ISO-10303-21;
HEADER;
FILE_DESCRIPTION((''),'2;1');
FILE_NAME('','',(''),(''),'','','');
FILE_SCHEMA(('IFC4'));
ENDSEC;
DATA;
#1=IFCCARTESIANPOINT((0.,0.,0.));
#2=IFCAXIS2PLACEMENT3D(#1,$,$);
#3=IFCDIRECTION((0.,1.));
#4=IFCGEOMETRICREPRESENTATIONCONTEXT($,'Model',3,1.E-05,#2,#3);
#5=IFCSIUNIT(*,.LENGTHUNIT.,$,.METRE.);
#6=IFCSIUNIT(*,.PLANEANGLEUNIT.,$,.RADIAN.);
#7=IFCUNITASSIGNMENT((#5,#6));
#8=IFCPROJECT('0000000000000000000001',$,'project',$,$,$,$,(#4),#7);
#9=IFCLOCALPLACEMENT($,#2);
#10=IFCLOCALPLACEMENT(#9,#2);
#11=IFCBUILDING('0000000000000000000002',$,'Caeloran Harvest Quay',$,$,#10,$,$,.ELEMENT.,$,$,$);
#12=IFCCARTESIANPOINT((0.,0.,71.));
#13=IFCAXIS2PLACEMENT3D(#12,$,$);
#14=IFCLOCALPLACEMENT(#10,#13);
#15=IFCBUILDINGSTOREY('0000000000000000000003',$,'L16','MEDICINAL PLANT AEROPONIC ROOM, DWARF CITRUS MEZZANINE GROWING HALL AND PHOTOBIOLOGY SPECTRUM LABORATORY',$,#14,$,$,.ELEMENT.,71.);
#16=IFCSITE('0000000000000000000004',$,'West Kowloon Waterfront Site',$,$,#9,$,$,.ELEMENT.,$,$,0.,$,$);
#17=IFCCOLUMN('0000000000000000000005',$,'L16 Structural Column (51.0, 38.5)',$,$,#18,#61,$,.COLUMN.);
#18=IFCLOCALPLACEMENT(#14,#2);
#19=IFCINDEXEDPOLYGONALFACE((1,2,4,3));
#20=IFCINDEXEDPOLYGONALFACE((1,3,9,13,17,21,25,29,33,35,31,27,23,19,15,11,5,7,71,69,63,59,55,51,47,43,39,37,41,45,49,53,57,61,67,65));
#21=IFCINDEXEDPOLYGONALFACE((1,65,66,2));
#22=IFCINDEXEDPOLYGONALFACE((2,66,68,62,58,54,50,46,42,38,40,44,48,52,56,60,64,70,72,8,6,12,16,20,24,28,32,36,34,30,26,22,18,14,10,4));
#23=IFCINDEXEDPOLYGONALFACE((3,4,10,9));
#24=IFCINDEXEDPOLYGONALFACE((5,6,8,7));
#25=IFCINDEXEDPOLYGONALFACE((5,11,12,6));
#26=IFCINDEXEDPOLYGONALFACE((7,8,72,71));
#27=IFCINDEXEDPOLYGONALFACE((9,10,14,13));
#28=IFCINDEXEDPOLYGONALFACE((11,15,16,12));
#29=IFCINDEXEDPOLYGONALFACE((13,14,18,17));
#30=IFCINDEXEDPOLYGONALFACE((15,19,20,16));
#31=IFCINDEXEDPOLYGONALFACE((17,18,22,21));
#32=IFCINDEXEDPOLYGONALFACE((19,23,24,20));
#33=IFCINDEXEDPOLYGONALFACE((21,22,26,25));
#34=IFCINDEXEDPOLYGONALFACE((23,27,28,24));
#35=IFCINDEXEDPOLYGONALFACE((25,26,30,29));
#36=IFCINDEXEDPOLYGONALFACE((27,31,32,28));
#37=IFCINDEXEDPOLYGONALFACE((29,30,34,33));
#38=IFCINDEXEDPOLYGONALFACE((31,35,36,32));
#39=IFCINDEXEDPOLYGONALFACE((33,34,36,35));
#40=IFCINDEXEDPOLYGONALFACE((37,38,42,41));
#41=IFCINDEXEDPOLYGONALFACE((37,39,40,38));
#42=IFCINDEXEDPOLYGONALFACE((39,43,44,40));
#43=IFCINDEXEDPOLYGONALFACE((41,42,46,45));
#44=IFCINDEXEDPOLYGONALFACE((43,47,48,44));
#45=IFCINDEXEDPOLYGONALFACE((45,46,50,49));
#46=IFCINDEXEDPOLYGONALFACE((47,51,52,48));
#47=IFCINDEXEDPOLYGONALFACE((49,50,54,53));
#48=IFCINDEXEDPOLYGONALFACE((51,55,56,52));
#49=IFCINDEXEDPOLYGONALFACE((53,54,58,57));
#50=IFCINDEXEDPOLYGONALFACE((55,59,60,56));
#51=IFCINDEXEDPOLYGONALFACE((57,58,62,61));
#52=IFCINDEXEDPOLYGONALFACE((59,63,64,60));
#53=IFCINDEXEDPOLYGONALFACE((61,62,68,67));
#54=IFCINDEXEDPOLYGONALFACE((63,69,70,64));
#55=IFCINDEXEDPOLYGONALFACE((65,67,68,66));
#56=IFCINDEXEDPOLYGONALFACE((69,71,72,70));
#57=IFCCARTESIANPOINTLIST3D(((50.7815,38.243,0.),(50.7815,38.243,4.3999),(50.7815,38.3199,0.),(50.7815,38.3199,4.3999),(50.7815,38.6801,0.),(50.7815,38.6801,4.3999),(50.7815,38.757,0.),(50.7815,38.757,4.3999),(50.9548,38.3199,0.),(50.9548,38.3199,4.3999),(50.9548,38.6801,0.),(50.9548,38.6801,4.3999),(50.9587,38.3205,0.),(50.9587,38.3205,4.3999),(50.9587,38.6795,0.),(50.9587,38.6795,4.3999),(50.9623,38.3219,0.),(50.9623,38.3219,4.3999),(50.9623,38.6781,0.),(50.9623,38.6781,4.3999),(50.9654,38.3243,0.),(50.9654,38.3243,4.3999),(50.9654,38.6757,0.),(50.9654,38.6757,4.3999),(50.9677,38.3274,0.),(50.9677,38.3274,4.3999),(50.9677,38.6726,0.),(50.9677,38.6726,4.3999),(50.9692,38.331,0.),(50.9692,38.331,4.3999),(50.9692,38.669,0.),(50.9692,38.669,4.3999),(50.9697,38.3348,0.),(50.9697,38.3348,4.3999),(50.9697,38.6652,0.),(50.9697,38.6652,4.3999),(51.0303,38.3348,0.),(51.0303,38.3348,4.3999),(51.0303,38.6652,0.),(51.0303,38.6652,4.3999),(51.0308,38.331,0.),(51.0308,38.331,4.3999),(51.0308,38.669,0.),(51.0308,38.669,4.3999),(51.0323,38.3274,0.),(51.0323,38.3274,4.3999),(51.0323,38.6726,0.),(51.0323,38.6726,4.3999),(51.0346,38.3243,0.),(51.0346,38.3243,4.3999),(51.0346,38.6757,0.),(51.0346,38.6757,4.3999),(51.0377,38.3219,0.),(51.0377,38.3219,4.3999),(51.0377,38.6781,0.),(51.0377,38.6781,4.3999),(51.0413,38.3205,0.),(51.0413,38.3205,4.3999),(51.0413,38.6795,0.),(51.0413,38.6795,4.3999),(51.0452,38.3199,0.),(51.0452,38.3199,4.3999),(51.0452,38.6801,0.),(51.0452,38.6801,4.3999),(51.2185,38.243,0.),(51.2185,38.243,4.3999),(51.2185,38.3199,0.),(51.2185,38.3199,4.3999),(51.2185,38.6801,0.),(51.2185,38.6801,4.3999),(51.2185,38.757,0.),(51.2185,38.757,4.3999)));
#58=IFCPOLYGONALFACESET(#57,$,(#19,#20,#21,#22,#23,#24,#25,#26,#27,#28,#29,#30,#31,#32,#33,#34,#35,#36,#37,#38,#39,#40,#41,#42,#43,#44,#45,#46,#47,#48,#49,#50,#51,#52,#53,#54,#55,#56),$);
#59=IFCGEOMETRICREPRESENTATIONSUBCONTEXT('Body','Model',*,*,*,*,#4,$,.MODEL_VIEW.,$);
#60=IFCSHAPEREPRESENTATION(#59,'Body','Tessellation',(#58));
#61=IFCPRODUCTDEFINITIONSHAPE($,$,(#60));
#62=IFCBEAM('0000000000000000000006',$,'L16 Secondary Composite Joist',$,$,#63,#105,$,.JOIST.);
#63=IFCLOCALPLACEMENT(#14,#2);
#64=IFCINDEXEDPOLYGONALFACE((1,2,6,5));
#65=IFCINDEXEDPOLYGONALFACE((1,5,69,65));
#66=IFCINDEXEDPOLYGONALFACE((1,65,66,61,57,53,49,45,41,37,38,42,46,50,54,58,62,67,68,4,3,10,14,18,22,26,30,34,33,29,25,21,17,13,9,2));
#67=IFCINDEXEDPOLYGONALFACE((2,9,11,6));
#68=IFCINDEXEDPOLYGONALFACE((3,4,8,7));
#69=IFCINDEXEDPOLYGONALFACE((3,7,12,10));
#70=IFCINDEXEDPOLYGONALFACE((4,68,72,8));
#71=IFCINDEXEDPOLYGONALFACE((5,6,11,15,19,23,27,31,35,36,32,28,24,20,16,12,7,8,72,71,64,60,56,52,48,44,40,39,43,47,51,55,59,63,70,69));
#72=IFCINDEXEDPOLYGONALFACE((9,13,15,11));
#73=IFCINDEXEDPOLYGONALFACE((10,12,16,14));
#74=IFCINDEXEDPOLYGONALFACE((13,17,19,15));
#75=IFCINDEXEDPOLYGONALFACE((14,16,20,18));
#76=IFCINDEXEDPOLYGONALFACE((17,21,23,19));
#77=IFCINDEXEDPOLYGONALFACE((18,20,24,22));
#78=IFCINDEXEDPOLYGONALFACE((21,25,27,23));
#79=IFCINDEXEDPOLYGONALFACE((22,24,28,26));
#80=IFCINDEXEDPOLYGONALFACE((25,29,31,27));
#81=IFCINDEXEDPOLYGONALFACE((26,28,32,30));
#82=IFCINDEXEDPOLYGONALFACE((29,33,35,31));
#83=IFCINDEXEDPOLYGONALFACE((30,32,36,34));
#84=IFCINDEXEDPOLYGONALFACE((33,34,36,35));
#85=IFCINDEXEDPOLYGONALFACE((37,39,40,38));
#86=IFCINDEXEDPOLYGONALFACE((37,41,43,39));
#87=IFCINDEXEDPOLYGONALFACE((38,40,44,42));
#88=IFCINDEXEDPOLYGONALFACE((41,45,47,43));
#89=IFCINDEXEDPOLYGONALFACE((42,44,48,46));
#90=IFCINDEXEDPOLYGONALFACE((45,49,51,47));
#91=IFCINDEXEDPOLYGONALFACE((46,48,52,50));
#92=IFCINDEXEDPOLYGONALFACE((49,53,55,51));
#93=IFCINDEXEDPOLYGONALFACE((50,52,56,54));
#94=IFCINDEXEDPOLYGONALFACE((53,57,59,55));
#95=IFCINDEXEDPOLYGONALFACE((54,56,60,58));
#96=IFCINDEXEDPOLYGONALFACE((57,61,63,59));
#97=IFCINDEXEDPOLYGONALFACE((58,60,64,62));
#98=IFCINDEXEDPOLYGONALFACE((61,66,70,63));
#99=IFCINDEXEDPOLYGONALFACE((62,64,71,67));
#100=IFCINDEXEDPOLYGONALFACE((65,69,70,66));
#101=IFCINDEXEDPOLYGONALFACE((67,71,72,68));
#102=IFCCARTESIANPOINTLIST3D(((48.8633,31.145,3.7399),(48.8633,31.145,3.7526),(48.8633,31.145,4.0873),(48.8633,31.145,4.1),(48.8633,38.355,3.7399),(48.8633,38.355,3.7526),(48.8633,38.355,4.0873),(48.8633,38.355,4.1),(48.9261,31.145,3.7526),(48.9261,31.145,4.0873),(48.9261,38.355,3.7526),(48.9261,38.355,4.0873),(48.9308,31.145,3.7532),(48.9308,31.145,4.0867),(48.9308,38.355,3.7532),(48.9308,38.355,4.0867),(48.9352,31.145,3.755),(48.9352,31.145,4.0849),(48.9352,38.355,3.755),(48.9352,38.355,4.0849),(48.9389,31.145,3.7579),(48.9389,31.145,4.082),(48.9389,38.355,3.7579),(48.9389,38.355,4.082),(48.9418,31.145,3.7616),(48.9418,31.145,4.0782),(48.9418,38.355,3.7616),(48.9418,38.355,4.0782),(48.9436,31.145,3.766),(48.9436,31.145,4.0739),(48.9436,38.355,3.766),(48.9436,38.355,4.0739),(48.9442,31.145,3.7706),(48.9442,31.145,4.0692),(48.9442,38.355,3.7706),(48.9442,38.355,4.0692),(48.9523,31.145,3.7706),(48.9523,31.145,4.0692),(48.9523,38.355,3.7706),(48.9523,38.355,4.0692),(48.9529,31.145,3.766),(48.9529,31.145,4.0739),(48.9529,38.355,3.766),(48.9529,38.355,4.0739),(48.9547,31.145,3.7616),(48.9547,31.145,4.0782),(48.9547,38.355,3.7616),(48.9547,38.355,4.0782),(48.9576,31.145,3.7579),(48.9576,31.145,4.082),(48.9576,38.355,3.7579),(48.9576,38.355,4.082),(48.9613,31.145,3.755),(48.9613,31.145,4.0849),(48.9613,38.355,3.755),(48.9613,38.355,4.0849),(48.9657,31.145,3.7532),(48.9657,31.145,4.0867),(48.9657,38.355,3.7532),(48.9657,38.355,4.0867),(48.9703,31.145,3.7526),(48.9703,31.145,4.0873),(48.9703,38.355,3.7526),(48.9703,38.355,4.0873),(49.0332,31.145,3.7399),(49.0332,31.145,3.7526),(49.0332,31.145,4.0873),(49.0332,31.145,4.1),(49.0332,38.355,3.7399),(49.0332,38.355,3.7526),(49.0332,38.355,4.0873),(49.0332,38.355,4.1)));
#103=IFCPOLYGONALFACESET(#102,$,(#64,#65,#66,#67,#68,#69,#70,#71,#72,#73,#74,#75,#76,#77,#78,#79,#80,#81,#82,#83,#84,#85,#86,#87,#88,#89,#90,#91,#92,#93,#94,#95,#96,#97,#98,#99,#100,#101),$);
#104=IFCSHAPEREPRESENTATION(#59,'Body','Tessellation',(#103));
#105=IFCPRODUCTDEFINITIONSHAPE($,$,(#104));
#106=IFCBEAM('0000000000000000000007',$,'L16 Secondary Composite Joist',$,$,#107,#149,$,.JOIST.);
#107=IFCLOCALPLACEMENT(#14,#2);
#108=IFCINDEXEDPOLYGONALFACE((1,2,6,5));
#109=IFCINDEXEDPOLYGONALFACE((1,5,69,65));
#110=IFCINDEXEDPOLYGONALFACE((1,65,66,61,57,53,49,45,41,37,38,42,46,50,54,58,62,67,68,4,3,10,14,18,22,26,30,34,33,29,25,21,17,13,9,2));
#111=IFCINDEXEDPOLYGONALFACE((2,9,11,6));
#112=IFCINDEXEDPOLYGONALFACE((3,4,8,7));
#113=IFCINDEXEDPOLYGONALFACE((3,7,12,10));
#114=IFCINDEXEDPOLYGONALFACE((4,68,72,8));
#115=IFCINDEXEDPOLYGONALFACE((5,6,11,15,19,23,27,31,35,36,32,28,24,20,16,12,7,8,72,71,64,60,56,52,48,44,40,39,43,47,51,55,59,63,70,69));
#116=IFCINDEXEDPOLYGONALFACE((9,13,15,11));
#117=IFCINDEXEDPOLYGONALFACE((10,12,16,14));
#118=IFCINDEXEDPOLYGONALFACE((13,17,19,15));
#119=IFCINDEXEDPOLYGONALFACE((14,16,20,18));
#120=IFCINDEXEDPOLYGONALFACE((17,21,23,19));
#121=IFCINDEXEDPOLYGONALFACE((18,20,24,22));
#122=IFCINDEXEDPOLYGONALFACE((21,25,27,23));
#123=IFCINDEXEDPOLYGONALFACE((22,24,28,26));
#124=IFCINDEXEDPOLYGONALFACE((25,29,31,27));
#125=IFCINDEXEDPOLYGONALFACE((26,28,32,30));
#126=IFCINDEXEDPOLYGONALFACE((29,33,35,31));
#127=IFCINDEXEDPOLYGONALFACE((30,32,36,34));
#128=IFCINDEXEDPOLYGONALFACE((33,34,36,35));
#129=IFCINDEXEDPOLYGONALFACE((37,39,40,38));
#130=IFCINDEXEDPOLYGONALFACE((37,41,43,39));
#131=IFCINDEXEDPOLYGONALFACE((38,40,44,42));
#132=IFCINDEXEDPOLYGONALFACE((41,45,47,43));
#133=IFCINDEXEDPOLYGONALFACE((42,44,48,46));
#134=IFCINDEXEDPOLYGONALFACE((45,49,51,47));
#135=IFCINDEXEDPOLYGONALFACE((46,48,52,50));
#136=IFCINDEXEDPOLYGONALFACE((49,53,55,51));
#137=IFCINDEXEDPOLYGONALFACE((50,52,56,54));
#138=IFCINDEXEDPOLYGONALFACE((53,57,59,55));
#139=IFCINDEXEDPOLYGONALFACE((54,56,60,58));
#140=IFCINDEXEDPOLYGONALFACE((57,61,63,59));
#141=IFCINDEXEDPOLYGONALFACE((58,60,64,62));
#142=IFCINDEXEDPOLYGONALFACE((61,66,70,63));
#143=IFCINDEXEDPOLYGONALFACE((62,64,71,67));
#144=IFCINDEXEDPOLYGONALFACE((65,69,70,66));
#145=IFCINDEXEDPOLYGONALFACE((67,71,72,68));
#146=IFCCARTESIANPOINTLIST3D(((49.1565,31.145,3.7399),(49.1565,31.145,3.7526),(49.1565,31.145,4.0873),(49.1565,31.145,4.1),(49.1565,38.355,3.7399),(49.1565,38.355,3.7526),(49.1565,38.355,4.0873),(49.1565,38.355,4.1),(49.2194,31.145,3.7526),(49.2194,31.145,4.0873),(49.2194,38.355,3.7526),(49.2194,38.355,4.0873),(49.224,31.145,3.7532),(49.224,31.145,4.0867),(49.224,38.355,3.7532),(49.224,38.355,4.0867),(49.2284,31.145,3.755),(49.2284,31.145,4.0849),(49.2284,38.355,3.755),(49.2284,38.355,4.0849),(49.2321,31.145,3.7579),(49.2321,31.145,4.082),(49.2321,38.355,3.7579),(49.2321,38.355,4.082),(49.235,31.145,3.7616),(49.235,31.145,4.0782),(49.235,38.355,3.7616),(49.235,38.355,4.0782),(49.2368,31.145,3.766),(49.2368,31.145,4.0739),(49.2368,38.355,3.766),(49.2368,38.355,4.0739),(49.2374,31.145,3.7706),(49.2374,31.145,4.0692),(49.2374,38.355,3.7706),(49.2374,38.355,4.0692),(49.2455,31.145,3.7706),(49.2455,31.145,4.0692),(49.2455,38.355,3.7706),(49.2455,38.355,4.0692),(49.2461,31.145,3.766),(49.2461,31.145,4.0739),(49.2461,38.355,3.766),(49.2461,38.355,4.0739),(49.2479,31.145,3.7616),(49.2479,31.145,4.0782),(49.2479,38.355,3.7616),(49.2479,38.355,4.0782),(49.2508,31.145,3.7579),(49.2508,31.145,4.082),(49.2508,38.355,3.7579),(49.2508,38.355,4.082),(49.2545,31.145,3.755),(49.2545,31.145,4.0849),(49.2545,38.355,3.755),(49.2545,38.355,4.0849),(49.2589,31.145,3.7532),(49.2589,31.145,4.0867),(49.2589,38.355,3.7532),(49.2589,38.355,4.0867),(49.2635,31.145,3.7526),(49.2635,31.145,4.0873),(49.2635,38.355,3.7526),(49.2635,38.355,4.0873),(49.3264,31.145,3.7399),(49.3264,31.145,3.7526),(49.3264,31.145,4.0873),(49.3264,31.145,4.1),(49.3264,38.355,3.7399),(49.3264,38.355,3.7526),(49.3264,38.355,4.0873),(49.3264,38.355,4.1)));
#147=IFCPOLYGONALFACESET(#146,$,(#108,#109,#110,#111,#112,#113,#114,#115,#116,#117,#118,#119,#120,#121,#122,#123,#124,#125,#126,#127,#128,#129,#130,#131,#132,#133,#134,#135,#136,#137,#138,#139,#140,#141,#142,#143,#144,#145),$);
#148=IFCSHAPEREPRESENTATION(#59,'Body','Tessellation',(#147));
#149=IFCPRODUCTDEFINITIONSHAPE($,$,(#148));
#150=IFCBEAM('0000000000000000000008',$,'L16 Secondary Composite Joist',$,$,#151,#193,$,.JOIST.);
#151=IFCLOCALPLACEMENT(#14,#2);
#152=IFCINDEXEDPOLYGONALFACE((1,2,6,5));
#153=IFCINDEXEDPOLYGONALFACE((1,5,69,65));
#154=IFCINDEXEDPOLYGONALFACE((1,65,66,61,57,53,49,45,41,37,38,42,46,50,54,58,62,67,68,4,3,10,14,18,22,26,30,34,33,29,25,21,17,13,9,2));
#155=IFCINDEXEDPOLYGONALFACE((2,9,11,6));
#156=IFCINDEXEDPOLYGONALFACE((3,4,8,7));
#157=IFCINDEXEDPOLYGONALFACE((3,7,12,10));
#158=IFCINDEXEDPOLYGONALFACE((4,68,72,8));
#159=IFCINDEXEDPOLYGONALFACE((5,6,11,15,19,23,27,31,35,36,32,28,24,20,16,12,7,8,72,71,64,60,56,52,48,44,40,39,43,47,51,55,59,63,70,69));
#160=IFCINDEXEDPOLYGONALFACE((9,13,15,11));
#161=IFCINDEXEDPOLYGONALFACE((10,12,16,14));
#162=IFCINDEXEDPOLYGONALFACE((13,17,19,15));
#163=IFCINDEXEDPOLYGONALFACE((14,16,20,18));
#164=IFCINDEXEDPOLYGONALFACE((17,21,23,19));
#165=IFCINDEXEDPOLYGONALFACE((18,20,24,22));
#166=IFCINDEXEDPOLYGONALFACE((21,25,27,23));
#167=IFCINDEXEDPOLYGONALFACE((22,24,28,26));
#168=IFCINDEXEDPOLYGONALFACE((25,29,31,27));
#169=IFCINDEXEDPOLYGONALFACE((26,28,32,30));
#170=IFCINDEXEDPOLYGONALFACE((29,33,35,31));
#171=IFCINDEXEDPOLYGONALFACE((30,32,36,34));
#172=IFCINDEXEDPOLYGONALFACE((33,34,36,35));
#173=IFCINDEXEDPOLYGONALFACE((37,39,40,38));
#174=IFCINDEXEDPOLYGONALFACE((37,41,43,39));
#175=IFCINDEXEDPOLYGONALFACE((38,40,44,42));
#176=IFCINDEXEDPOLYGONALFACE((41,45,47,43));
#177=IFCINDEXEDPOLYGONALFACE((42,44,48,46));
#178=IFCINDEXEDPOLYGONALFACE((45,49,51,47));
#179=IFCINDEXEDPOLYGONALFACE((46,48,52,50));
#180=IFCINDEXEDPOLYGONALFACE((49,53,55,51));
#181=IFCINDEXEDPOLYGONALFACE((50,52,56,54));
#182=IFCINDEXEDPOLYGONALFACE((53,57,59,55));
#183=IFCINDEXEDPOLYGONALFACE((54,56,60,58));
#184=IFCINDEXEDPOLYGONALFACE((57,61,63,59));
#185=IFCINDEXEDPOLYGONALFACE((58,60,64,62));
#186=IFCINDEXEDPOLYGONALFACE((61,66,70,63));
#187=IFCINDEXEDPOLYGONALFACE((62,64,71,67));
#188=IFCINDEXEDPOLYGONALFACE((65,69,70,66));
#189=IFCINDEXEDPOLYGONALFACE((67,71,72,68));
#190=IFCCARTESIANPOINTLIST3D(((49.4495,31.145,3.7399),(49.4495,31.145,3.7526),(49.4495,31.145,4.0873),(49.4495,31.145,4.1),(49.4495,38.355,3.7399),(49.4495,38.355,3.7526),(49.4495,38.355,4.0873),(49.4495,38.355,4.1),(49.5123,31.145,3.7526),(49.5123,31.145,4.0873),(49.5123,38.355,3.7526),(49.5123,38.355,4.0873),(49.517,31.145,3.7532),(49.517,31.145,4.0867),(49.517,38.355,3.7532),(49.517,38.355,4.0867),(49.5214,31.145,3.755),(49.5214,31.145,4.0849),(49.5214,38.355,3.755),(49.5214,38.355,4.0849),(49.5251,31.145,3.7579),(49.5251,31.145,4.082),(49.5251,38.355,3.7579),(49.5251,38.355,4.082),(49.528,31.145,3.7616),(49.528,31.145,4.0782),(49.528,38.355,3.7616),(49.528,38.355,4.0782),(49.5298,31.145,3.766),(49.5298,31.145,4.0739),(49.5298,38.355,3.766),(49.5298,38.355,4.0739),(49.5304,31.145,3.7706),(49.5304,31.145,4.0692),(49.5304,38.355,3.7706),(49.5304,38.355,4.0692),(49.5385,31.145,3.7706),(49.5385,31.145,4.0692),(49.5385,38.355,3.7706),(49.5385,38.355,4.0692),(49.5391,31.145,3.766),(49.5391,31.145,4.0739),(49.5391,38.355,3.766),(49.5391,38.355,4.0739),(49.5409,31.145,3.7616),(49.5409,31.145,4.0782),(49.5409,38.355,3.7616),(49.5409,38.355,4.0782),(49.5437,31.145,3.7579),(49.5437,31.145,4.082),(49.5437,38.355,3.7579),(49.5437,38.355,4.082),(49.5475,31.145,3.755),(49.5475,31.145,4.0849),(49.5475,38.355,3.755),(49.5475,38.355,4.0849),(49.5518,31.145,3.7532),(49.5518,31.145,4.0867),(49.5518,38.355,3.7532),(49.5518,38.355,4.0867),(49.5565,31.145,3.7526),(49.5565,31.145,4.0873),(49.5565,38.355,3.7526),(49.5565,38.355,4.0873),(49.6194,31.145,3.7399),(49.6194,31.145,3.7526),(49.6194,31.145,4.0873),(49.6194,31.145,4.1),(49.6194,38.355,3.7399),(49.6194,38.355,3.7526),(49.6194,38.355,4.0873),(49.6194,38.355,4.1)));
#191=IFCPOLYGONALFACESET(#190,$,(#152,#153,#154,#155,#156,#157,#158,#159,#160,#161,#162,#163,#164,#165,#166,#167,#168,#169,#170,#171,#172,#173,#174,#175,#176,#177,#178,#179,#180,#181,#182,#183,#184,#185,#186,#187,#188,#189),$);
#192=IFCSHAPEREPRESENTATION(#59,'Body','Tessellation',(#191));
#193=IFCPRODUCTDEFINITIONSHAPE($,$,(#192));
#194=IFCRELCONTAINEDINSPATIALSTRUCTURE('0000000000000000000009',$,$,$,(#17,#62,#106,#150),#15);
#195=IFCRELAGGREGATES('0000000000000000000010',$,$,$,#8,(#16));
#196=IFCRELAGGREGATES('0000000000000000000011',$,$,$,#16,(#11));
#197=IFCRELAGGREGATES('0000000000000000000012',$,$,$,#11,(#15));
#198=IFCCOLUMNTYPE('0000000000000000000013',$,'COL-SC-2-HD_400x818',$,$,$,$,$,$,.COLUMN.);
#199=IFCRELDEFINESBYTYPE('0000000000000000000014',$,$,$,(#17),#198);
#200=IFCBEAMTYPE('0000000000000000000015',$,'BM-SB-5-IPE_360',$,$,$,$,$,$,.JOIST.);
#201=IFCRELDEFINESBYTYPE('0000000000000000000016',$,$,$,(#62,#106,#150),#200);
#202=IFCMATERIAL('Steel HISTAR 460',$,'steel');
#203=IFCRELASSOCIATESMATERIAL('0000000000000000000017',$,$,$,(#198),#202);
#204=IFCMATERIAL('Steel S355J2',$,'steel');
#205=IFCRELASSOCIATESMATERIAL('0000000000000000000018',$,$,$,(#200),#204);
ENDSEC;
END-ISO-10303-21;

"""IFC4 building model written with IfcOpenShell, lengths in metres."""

from ifc_helpers import new_model, si_unit, direction, frame, origin, origin_2d, place, context, subcontext, project, spatial, i_section, extrude, material, material_profile, profile_set, type_object, element, save


model = new_model("IFC4")

# Units and contexts
model_context = context("Model", 3, precision=1e-05, world=origin(), true_north=direction((0.0, 1.0)))
body_context = subcontext(model_context, "Body", "Model", "MODEL_VIEW")
ifc_project = project(units=[si_unit("LENGTHUNIT", "METRE"), si_unit("PLANEANGLEUNIT", "RADIAN")], contexts=[model_context])

# Site, building, storey
site_placement = place(None, origin())
site = spatial("IfcSite", under=ifc_project, at=site_placement, Name="West Kowloon Waterfront Site", CompositionType="ELEMENT", RefElevation=0.0)
building_placement = place(site_placement, origin())
building = spatial("IfcBuilding", under=site, at=building_placement, Name="Caeloran Harvest Quay", CompositionType="ELEMENT")
storey_placement = place(building_placement, frame((0.0, 0.0, 71.0)))
storey = spatial("IfcBuildingStorey", under=building, at=storey_placement, Name="L16", Description="MEDICINAL PLANT AEROPONIC ROOM, DWARF CITRUS MEZZANINE GROWING HALL AND PHOTOBIOLOGY SPECTRUM LABORATORY", CompositionType="ELEMENT", Elevation=71.0)

# Column
ifc_material_1 = material(Name="Steel HISTAR 460", Category="steel")
ifc_material_profile_1 = material_profile(ifc_material_1, i_section(OverallWidth=0.437, OverallDepth=0.5139, WebThickness=0.0605, FlangeThickness=0.0769, FilletRadius=0.0149, at=origin_2d()), Name="HD 400x818")
ifc_profile_set_1 = profile_set([ifc_material_profile_1], Name="Steel HISTAR 460")
column_type = type_object("IfcColumnType", Name="COL-SC-2-HD_400x818", PredefinedType="COLUMN", material=ifc_profile_set_1)
column_placement = place(storey_placement, frame((51.0, 38.5, 0.0), z_axis=(0.0, 0.0, 1.0), x_axis=(1.0, 0.0, 0.0)))
element("IfcColumn", 1, at=column_placement, inside=storey, type_object=column_type, Name="L16 Structural Column (51.0, 38.5)", PredefinedType="COLUMN", context=body_context, shape_type="SweptSolid", body=[
    extrude(i_section(OverallWidth=0.437, OverallDepth=0.5139, WebThickness=0.0605, FlangeThickness=0.0769, FilletRadius=0.0149, at=origin_2d()), origin(), (0.0, 0.0, 1.0), 4.3999),
])

# Beams
ifc_material_2 = material(Name="Steel S355J2", Category="steel")
ifc_material_profile_2 = material_profile(ifc_material_2, i_section(OverallWidth=0.1699, OverallDepth=0.3601, WebThickness=0.0081, FlangeThickness=0.0127, FilletRadius=0.0181, at=origin_2d()), Name="IPE 360")
ifc_profile_set_2 = profile_set([ifc_material_profile_2], Name="Steel S355J2")
beam_type_1 = type_object("IfcBeamType", Name="BM-SB-5-IPE_360", PredefinedType="JOIST", material=ifc_profile_set_2)
for number, where, z_axis, x_axis, name in (
    (2, (48.9482, 31.145, 3.9199), (0.0, 1.0, 0.0), (-1.0, 0.0, 0.0), "L16 Secondary Composite Joist"),
    (3, (49.2415, 31.145, 3.9199), (0.0, 1.0, 0.0), (-1.0, 0.0, 0.0), "L16 Secondary Composite Joist"),
    (4, (49.5344, 31.145, 3.9199), (0.0, 1.0, 0.0), (-1.0, 0.0, 0.0), "L16 Secondary Composite Joist"),
):
    element("IfcBeam", number, at=place(storey_placement, frame(where, z_axis=z_axis, x_axis=x_axis)), inside=storey, type_object=beam_type_1, Name=name, PredefinedType="JOIST", context=body_context, shape_type="SweptSolid", body=[
        extrude(i_section(OverallWidth=0.1699, OverallDepth=0.3601, WebThickness=0.0081, FlangeThickness=0.0127, FilletRadius=0.0181, at=origin_2d()), origin(), (0.0, 0.0, 1.0), 7.21),
    ])

save(model, "model.ifc")
